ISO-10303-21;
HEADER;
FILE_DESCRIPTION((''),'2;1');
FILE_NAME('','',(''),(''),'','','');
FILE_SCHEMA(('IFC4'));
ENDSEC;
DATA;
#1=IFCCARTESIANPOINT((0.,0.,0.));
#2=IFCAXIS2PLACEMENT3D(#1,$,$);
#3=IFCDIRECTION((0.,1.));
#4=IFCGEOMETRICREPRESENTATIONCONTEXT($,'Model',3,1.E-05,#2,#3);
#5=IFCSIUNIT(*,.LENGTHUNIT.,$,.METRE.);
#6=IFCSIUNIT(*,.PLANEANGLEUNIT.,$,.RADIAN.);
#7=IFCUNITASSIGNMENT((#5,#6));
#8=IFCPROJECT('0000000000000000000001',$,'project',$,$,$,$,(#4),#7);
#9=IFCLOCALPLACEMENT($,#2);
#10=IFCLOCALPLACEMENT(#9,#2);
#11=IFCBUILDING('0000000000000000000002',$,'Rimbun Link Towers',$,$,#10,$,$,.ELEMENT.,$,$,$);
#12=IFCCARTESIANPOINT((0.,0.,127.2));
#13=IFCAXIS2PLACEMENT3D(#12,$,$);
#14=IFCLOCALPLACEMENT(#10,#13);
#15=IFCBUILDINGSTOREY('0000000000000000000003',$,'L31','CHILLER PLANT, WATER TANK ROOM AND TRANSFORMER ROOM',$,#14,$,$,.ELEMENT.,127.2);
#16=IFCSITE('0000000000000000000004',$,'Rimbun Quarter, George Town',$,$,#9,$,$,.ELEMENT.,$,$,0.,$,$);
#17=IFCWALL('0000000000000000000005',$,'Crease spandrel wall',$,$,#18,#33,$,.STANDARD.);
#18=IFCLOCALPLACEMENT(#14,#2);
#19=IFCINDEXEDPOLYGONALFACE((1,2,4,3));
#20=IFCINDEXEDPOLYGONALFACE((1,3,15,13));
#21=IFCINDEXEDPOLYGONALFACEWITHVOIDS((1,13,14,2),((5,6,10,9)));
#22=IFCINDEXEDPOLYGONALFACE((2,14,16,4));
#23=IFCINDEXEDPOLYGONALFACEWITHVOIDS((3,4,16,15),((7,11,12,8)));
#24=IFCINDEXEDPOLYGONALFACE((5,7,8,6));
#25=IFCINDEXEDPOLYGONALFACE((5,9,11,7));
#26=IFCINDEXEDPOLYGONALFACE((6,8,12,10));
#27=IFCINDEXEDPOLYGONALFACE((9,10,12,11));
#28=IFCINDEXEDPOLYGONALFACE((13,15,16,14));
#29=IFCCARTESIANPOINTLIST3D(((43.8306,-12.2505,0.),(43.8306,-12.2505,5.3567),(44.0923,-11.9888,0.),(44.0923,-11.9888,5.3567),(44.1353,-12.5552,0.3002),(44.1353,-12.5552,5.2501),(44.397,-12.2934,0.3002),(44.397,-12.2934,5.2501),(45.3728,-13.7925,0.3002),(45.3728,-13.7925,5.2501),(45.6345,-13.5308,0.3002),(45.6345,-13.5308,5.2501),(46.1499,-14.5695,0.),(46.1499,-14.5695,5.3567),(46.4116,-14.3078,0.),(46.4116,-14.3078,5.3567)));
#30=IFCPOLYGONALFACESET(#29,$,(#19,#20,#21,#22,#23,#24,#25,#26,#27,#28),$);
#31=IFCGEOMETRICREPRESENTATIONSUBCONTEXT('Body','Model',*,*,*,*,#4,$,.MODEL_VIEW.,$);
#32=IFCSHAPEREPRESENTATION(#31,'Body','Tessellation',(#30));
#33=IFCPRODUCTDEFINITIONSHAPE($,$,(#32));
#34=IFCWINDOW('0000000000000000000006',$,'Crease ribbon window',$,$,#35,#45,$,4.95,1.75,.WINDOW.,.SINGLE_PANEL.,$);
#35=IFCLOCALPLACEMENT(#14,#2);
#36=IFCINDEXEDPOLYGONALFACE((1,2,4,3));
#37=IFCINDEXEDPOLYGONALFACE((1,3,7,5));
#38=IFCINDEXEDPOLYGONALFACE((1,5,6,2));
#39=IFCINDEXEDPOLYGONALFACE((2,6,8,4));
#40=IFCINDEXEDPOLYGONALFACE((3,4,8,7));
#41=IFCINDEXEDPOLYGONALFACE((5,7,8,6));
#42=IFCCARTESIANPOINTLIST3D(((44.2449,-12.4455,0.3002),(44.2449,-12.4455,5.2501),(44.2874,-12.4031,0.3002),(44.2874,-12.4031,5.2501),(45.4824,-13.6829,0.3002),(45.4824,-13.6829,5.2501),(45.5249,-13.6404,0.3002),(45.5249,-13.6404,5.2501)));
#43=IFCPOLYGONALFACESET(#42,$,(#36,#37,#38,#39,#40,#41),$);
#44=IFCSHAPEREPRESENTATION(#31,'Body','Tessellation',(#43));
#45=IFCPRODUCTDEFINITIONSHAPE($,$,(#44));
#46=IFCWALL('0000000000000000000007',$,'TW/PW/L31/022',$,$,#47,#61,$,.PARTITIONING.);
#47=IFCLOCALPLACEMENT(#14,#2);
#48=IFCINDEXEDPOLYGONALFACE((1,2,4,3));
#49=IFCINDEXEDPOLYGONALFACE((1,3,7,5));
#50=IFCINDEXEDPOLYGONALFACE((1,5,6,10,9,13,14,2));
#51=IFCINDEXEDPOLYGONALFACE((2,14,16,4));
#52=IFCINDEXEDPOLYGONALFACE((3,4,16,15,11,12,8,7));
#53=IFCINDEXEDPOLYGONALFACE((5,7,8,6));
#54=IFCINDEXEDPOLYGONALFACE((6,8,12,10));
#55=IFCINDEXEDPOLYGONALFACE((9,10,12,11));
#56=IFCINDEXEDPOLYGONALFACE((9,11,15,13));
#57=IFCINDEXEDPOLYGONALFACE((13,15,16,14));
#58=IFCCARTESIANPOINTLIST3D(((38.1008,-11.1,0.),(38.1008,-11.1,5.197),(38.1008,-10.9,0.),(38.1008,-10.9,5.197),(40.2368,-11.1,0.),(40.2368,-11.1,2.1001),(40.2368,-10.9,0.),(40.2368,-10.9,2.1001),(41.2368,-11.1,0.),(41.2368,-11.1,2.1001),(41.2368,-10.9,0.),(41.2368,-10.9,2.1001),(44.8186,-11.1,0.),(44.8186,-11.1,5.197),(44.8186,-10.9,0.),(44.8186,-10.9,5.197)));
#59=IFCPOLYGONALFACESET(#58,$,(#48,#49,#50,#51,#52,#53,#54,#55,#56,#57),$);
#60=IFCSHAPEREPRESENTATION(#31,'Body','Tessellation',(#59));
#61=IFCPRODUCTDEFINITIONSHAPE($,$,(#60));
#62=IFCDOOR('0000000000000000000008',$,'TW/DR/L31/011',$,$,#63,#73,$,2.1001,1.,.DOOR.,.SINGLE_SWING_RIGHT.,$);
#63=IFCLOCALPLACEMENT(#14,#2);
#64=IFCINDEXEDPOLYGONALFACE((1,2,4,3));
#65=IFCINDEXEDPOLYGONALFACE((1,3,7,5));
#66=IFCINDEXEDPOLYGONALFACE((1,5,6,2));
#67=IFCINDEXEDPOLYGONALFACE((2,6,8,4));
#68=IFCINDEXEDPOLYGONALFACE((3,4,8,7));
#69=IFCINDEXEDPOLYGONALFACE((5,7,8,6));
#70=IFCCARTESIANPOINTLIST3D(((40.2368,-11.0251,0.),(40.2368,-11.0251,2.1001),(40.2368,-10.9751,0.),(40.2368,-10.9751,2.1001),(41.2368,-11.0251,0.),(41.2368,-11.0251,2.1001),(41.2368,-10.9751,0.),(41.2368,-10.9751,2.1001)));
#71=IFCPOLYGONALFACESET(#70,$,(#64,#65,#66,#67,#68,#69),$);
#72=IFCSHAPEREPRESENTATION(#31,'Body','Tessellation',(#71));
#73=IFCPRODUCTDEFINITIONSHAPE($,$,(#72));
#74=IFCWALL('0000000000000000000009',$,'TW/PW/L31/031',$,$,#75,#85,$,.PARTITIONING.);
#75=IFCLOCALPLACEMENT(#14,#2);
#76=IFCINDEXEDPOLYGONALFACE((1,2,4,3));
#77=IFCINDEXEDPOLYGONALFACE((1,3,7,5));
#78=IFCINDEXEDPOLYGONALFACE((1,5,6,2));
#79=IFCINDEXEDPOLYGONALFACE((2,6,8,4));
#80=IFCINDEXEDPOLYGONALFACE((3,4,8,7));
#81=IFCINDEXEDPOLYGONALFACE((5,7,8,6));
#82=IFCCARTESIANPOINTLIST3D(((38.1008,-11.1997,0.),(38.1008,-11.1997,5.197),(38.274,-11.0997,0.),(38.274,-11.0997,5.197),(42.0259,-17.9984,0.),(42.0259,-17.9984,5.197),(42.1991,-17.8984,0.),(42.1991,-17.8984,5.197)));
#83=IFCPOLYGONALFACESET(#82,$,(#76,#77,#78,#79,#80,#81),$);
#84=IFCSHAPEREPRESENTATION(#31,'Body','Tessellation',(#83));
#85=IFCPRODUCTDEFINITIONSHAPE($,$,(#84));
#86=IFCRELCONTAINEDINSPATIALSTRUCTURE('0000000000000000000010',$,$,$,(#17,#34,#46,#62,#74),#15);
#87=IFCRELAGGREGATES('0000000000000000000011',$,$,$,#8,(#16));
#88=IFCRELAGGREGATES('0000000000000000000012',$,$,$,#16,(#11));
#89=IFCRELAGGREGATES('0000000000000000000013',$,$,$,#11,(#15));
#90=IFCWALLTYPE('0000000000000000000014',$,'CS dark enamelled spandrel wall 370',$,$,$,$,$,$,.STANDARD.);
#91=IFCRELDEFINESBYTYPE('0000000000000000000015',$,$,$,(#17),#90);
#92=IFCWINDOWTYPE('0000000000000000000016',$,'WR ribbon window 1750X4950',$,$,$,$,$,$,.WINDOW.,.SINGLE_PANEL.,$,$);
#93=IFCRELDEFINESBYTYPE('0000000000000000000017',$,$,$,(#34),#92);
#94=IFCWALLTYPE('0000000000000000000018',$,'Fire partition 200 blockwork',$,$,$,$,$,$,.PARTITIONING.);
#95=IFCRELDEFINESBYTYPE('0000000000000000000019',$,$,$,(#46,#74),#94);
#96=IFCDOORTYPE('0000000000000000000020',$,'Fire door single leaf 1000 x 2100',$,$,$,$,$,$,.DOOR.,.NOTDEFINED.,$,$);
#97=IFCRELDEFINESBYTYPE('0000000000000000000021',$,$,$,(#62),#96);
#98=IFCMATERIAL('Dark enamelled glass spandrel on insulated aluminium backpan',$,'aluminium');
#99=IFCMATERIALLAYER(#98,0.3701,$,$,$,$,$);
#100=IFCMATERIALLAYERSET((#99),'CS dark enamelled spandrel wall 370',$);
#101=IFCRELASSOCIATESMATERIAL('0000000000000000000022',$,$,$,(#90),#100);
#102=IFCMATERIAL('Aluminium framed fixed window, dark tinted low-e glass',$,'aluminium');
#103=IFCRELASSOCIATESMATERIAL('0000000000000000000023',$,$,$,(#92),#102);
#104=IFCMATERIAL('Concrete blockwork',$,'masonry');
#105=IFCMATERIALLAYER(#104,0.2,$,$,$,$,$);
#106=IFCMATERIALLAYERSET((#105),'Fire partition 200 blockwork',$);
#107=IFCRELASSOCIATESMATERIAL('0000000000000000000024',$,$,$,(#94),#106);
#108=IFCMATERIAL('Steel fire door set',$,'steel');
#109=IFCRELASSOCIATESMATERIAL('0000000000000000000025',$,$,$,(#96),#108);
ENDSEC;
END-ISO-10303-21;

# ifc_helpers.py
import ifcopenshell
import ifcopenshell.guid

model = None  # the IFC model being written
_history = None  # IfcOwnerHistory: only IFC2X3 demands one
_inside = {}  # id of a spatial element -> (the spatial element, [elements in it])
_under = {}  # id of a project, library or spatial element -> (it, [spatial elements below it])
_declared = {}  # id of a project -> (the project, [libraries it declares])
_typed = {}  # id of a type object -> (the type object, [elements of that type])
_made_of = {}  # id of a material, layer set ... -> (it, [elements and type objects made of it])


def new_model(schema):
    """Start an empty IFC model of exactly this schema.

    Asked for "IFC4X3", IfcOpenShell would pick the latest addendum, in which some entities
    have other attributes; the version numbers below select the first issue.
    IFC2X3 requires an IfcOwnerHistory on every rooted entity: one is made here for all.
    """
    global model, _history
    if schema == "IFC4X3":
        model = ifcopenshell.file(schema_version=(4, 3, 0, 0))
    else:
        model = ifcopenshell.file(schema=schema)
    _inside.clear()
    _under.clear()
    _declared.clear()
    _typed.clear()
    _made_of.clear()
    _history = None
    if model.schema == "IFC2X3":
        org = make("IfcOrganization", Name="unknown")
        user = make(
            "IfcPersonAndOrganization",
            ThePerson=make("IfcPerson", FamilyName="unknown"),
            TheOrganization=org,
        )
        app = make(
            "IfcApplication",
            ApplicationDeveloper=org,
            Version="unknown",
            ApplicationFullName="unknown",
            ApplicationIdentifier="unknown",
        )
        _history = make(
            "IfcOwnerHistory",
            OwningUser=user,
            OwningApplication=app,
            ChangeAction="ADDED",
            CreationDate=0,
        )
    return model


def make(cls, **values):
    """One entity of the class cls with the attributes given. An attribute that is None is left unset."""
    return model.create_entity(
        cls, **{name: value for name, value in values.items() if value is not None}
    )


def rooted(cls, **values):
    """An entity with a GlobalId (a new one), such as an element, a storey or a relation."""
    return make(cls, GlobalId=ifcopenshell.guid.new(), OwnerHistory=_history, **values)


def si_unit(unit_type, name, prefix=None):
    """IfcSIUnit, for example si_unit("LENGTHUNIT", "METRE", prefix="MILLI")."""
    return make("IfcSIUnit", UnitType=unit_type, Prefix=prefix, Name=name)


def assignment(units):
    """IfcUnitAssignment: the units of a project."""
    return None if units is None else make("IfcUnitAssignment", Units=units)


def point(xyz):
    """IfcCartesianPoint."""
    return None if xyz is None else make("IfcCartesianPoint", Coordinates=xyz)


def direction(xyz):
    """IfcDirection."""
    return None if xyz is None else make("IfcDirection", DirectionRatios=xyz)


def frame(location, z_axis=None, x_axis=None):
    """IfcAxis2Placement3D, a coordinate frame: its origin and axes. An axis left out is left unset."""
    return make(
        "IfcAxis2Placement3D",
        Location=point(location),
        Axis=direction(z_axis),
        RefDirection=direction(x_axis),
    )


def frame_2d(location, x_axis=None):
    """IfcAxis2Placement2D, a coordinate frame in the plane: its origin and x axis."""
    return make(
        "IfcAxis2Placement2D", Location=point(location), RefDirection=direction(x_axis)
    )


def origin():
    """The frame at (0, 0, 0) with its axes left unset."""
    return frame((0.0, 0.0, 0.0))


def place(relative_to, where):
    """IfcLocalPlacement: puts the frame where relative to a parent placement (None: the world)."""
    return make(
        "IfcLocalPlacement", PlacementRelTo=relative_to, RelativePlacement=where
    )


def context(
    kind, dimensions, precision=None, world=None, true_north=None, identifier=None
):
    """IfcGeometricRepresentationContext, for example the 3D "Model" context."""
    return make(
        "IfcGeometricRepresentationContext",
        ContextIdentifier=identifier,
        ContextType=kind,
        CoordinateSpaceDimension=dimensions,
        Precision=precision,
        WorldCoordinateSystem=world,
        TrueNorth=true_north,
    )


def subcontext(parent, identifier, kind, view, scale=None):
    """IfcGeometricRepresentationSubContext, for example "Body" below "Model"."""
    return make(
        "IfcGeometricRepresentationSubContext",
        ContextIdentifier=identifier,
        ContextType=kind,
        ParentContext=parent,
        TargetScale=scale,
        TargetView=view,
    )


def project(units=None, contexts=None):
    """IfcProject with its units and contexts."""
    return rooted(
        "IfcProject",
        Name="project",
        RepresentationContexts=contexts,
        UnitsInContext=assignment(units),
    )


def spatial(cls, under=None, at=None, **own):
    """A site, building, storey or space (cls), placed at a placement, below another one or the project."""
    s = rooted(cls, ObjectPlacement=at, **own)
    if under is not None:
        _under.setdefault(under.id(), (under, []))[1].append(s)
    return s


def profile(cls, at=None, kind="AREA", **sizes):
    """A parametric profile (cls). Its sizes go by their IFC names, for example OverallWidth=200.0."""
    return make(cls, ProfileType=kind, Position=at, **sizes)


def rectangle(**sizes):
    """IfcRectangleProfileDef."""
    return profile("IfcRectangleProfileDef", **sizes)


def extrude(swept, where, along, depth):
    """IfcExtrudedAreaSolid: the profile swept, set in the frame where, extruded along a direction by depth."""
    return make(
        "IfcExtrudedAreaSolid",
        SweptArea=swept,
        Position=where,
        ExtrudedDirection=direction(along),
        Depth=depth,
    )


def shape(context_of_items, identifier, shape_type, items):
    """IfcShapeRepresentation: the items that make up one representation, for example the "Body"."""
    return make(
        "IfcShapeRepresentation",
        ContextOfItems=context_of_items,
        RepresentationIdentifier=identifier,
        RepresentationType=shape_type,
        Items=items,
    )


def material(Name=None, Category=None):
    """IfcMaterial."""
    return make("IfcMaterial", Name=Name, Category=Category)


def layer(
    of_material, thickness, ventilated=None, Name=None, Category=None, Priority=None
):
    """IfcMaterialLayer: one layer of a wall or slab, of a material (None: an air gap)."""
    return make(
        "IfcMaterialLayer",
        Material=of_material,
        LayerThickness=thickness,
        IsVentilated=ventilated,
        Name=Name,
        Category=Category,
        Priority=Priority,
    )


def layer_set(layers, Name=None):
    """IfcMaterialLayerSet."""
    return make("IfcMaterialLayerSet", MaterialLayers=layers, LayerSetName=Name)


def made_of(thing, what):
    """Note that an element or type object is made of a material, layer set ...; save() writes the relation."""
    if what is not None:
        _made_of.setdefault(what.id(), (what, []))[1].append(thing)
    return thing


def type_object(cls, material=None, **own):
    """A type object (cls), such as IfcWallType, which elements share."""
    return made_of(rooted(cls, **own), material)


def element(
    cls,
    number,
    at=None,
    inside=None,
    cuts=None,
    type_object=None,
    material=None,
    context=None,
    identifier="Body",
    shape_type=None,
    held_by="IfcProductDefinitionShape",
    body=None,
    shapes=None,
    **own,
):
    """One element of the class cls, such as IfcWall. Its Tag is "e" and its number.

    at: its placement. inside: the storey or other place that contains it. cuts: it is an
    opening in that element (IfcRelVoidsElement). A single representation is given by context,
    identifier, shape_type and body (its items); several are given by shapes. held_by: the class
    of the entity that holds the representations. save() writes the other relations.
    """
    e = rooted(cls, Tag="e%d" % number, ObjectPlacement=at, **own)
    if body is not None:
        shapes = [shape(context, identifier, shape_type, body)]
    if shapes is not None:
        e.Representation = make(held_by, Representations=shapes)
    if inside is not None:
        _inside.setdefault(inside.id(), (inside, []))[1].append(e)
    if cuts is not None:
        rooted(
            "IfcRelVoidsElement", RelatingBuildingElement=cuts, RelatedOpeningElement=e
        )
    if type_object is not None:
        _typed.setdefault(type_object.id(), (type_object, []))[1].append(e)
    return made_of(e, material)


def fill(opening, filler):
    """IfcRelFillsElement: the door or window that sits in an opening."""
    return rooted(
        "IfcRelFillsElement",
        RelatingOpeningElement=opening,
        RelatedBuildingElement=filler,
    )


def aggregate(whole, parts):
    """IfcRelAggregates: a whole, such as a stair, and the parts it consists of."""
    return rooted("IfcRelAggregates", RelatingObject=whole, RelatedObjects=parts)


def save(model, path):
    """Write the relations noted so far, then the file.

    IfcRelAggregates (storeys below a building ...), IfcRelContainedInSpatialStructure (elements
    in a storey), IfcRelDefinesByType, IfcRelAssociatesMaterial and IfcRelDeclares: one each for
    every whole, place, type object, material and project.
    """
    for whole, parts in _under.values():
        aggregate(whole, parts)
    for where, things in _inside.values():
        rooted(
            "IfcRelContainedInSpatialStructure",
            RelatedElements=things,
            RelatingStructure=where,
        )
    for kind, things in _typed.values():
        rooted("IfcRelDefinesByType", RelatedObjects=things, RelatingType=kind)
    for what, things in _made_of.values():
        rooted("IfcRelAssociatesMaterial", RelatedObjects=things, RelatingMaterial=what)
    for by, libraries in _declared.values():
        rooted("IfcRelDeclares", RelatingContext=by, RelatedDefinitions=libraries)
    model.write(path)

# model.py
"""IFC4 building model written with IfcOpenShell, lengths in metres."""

from ifc_helpers import new_model, si_unit, direction, frame, frame_2d, origin, place, context, subcontext, project, spatial, rectangle, extrude, material, layer, layer_set, type_object, element, fill, save


model = new_model("IFC4")

# Units and contexts
model_context = context("Model", 3, precision=1e-05, world=origin(), true_north=direction((0.0, 1.0)))
body_context = subcontext(model_context, "Body", "Model", "MODEL_VIEW")
ifc_project = project(units=[si_unit("LENGTHUNIT", "METRE"), si_unit("PLANEANGLEUNIT", "RADIAN")], contexts=[model_context])

# Site, building, storey
site_placement = place(None, origin())
site = spatial("IfcSite", under=ifc_project, at=site_placement, Name="Rimbun Quarter, George Town", CompositionType="ELEMENT", RefElevation=0.0)
building_placement = place(site_placement, origin())
building = spatial("IfcBuilding", under=site, at=building_placement, Name="Rimbun Link Towers", CompositionType="ELEMENT")
storey_placement = place(building_placement, frame((0.0, 0.0, 127.2)))
storey = spatial("IfcBuildingStorey", under=building, at=storey_placement, Name="L31", Description="CHILLER PLANT, WATER TANK ROOM AND TRANSFORMER ROOM", CompositionType="ELEMENT", Elevation=127.2)

# Wall, opening, window
ifc_material_1 = material(Name="Dark enamelled glass spandrel on insulated aluminium backpan", Category="aluminium")
ifc_layer_1 = layer(ifc_material_1, 0.3701)
ifc_layer_set_1 = layer_set([ifc_layer_1], Name="CS dark enamelled spandrel wall 370")
wall_type_1 = type_object("IfcWallType", Name="CS dark enamelled spandrel wall 370", PredefinedType="STANDARD", material=ifc_layer_set_1)
wall_1_placement = place(storey_placement, frame((43.9614, -12.1196, 0.0), z_axis=(0.0, 0.0, 1.0), x_axis=(0.707144, -0.70707, 0.0)))
wall_1 = element("IfcWall", 1, at=wall_1_placement, inside=storey, type_object=wall_type_1, Name="Crease spandrel wall", PredefinedType="STANDARD", context=body_context, shape_type="SweptSolid", body=[
    extrude(rectangle(XDim=3.2798, YDim=0.3701, at=frame_2d((1.6399, 0.0))), origin(), (0.0, 0.0, 1.0), 5.3567),
])
opening_1_placement = place(wall_1_placement, frame((0.4309, 0.0, 0.3)))
opening_1 = element("IfcOpeningElement", 2, at=opening_1_placement, cuts=wall_1, PredefinedType="OPENING", context=body_context, shape_type="SweptSolid", body=[
    extrude(rectangle(XDim=1.75, YDim=4.95, at=frame_2d((0.875, 2.4751))), frame((0.0, 0.1951, 0.0), z_axis=(0.0, -1.0, 0.0), x_axis=(1.0, 0.0, 0.0)), (0.0, 0.0, 1.0), 0.3901),
])
ifc_material_2 = material(Name="Aluminium framed fixed window, dark tinted low-e glass", Category="aluminium")
window_type_1 = type_object("IfcWindowType", Name="WR ribbon window 1750X4950", PartitioningType="SINGLE_PANEL", PredefinedType="WINDOW", material=ifc_material_2)
window_1_placement = place(opening_1_placement, origin())
window_1 = element("IfcWindow", 3, at=window_1_placement, inside=storey, type_object=window_type_1, Name="Crease ribbon window", OverallHeight=4.95, OverallWidth=1.75, PartitioningType="SINGLE_PANEL", PredefinedType="WINDOW", context=body_context, shape_type="SweptSolid", body=[
    extrude(rectangle(XDim=1.75, YDim=4.95, at=frame_2d((0.875, 2.4751))), frame((0.0, 0.03, 0.0), z_axis=(0.0, -1.0, 0.0), x_axis=(1.0, 0.0, 0.0)), (0.0, 0.0, 1.0), 0.0601),
])
fill(opening_1, window_1)

# Wall, opening, door
ifc_material_3 = material(Name="Concrete blockwork", Category="masonry")
ifc_layer_2 = layer(ifc_material_3, 0.2)
ifc_layer_set_2 = layer_set([ifc_layer_2], Name="Fire partition 200 blockwork")
wall_type_2 = type_object("IfcWallType", Name="Fire partition 200 blockwork", PredefinedType="PARTITIONING", material=ifc_layer_set_2)
wall_2_placement = place(storey_placement, frame((38.1008, -11.0, 0.0), z_axis=(0.0, 0.0, 1.0), x_axis=(1.0, 0.0, 0.0)))
wall_2 = element("IfcWall", 4, at=wall_2_placement, inside=storey, type_object=wall_type_2, Name="TW/PW/L31/022", PredefinedType="PARTITIONING", context=body_context, shape_type="SweptSolid", body=[
    extrude(rectangle(XDim=6.7178, YDim=0.2, at=frame_2d((3.3589, 0.0))), origin(), (0.0, 0.0, 1.0), 5.197),
])
opening_2_placement = place(wall_2_placement, frame((2.136, 0.0, 0.0)))
opening_2 = element("IfcOpeningElement", 5, at=opening_2_placement, cuts=wall_2, PredefinedType="OPENING", context=body_context, shape_type="SweptSolid", body=[
    extrude(rectangle(XDim=1.0, YDim=2.1001, at=frame_2d((0.5, 1.05))), frame((0.0, 0.1099, 0.0), z_axis=(0.0, -1.0, 0.0), x_axis=(1.0, 0.0, 0.0)), (0.0, 0.0, 1.0), 0.22),
])
ifc_material_4 = material(Name="Steel fire door set", Category="steel")
door_type = type_object("IfcDoorType", Name="Fire door single leaf 1000 x 2100", OperationType="NOTDEFINED", PredefinedType="DOOR", material=ifc_material_4)
door_placement = place(opening_2_placement, origin())
door = element("IfcDoor", 6, at=door_placement, inside=storey, type_object=door_type, Name="TW/DR/L31/011", OperationType="SINGLE_SWING_RIGHT", OverallHeight=2.1001, OverallWidth=1.0, PredefinedType="DOOR", context=body_context, shape_type="SweptSolid", body=[
    extrude(rectangle(XDim=1.0, YDim=2.1001, at=frame_2d((0.5, 1.05))), frame((0.0, 0.0249, 0.0), z_axis=(0.0, -1.0, 0.0), x_axis=(1.0, 0.0, 0.0)), (0.0, 0.0, 1.0), 0.05),
])
fill(opening_2, door)

# Wall
wall_3_placement = place(storey_placement, frame((42.1125, -17.9485, 0.0), z_axis=(0.0, 0.0, 1.0), x_axis=(-0.499989, 0.866032, 0.0)))
element("IfcWall", 7, at=wall_3_placement, inside=storey, type_object=wall_type_2, Name="TW/PW/L31/031", PredefinedType="PARTITIONING", context=body_context, shape_type="SweptSolid", body=[
    extrude(rectangle(XDim=7.8503, YDim=0.2, at=frame_2d((3.9253, 0.0))), origin(), (0.0, 0.0, 1.0), 5.197),
])

save(model, "model.ifc")
